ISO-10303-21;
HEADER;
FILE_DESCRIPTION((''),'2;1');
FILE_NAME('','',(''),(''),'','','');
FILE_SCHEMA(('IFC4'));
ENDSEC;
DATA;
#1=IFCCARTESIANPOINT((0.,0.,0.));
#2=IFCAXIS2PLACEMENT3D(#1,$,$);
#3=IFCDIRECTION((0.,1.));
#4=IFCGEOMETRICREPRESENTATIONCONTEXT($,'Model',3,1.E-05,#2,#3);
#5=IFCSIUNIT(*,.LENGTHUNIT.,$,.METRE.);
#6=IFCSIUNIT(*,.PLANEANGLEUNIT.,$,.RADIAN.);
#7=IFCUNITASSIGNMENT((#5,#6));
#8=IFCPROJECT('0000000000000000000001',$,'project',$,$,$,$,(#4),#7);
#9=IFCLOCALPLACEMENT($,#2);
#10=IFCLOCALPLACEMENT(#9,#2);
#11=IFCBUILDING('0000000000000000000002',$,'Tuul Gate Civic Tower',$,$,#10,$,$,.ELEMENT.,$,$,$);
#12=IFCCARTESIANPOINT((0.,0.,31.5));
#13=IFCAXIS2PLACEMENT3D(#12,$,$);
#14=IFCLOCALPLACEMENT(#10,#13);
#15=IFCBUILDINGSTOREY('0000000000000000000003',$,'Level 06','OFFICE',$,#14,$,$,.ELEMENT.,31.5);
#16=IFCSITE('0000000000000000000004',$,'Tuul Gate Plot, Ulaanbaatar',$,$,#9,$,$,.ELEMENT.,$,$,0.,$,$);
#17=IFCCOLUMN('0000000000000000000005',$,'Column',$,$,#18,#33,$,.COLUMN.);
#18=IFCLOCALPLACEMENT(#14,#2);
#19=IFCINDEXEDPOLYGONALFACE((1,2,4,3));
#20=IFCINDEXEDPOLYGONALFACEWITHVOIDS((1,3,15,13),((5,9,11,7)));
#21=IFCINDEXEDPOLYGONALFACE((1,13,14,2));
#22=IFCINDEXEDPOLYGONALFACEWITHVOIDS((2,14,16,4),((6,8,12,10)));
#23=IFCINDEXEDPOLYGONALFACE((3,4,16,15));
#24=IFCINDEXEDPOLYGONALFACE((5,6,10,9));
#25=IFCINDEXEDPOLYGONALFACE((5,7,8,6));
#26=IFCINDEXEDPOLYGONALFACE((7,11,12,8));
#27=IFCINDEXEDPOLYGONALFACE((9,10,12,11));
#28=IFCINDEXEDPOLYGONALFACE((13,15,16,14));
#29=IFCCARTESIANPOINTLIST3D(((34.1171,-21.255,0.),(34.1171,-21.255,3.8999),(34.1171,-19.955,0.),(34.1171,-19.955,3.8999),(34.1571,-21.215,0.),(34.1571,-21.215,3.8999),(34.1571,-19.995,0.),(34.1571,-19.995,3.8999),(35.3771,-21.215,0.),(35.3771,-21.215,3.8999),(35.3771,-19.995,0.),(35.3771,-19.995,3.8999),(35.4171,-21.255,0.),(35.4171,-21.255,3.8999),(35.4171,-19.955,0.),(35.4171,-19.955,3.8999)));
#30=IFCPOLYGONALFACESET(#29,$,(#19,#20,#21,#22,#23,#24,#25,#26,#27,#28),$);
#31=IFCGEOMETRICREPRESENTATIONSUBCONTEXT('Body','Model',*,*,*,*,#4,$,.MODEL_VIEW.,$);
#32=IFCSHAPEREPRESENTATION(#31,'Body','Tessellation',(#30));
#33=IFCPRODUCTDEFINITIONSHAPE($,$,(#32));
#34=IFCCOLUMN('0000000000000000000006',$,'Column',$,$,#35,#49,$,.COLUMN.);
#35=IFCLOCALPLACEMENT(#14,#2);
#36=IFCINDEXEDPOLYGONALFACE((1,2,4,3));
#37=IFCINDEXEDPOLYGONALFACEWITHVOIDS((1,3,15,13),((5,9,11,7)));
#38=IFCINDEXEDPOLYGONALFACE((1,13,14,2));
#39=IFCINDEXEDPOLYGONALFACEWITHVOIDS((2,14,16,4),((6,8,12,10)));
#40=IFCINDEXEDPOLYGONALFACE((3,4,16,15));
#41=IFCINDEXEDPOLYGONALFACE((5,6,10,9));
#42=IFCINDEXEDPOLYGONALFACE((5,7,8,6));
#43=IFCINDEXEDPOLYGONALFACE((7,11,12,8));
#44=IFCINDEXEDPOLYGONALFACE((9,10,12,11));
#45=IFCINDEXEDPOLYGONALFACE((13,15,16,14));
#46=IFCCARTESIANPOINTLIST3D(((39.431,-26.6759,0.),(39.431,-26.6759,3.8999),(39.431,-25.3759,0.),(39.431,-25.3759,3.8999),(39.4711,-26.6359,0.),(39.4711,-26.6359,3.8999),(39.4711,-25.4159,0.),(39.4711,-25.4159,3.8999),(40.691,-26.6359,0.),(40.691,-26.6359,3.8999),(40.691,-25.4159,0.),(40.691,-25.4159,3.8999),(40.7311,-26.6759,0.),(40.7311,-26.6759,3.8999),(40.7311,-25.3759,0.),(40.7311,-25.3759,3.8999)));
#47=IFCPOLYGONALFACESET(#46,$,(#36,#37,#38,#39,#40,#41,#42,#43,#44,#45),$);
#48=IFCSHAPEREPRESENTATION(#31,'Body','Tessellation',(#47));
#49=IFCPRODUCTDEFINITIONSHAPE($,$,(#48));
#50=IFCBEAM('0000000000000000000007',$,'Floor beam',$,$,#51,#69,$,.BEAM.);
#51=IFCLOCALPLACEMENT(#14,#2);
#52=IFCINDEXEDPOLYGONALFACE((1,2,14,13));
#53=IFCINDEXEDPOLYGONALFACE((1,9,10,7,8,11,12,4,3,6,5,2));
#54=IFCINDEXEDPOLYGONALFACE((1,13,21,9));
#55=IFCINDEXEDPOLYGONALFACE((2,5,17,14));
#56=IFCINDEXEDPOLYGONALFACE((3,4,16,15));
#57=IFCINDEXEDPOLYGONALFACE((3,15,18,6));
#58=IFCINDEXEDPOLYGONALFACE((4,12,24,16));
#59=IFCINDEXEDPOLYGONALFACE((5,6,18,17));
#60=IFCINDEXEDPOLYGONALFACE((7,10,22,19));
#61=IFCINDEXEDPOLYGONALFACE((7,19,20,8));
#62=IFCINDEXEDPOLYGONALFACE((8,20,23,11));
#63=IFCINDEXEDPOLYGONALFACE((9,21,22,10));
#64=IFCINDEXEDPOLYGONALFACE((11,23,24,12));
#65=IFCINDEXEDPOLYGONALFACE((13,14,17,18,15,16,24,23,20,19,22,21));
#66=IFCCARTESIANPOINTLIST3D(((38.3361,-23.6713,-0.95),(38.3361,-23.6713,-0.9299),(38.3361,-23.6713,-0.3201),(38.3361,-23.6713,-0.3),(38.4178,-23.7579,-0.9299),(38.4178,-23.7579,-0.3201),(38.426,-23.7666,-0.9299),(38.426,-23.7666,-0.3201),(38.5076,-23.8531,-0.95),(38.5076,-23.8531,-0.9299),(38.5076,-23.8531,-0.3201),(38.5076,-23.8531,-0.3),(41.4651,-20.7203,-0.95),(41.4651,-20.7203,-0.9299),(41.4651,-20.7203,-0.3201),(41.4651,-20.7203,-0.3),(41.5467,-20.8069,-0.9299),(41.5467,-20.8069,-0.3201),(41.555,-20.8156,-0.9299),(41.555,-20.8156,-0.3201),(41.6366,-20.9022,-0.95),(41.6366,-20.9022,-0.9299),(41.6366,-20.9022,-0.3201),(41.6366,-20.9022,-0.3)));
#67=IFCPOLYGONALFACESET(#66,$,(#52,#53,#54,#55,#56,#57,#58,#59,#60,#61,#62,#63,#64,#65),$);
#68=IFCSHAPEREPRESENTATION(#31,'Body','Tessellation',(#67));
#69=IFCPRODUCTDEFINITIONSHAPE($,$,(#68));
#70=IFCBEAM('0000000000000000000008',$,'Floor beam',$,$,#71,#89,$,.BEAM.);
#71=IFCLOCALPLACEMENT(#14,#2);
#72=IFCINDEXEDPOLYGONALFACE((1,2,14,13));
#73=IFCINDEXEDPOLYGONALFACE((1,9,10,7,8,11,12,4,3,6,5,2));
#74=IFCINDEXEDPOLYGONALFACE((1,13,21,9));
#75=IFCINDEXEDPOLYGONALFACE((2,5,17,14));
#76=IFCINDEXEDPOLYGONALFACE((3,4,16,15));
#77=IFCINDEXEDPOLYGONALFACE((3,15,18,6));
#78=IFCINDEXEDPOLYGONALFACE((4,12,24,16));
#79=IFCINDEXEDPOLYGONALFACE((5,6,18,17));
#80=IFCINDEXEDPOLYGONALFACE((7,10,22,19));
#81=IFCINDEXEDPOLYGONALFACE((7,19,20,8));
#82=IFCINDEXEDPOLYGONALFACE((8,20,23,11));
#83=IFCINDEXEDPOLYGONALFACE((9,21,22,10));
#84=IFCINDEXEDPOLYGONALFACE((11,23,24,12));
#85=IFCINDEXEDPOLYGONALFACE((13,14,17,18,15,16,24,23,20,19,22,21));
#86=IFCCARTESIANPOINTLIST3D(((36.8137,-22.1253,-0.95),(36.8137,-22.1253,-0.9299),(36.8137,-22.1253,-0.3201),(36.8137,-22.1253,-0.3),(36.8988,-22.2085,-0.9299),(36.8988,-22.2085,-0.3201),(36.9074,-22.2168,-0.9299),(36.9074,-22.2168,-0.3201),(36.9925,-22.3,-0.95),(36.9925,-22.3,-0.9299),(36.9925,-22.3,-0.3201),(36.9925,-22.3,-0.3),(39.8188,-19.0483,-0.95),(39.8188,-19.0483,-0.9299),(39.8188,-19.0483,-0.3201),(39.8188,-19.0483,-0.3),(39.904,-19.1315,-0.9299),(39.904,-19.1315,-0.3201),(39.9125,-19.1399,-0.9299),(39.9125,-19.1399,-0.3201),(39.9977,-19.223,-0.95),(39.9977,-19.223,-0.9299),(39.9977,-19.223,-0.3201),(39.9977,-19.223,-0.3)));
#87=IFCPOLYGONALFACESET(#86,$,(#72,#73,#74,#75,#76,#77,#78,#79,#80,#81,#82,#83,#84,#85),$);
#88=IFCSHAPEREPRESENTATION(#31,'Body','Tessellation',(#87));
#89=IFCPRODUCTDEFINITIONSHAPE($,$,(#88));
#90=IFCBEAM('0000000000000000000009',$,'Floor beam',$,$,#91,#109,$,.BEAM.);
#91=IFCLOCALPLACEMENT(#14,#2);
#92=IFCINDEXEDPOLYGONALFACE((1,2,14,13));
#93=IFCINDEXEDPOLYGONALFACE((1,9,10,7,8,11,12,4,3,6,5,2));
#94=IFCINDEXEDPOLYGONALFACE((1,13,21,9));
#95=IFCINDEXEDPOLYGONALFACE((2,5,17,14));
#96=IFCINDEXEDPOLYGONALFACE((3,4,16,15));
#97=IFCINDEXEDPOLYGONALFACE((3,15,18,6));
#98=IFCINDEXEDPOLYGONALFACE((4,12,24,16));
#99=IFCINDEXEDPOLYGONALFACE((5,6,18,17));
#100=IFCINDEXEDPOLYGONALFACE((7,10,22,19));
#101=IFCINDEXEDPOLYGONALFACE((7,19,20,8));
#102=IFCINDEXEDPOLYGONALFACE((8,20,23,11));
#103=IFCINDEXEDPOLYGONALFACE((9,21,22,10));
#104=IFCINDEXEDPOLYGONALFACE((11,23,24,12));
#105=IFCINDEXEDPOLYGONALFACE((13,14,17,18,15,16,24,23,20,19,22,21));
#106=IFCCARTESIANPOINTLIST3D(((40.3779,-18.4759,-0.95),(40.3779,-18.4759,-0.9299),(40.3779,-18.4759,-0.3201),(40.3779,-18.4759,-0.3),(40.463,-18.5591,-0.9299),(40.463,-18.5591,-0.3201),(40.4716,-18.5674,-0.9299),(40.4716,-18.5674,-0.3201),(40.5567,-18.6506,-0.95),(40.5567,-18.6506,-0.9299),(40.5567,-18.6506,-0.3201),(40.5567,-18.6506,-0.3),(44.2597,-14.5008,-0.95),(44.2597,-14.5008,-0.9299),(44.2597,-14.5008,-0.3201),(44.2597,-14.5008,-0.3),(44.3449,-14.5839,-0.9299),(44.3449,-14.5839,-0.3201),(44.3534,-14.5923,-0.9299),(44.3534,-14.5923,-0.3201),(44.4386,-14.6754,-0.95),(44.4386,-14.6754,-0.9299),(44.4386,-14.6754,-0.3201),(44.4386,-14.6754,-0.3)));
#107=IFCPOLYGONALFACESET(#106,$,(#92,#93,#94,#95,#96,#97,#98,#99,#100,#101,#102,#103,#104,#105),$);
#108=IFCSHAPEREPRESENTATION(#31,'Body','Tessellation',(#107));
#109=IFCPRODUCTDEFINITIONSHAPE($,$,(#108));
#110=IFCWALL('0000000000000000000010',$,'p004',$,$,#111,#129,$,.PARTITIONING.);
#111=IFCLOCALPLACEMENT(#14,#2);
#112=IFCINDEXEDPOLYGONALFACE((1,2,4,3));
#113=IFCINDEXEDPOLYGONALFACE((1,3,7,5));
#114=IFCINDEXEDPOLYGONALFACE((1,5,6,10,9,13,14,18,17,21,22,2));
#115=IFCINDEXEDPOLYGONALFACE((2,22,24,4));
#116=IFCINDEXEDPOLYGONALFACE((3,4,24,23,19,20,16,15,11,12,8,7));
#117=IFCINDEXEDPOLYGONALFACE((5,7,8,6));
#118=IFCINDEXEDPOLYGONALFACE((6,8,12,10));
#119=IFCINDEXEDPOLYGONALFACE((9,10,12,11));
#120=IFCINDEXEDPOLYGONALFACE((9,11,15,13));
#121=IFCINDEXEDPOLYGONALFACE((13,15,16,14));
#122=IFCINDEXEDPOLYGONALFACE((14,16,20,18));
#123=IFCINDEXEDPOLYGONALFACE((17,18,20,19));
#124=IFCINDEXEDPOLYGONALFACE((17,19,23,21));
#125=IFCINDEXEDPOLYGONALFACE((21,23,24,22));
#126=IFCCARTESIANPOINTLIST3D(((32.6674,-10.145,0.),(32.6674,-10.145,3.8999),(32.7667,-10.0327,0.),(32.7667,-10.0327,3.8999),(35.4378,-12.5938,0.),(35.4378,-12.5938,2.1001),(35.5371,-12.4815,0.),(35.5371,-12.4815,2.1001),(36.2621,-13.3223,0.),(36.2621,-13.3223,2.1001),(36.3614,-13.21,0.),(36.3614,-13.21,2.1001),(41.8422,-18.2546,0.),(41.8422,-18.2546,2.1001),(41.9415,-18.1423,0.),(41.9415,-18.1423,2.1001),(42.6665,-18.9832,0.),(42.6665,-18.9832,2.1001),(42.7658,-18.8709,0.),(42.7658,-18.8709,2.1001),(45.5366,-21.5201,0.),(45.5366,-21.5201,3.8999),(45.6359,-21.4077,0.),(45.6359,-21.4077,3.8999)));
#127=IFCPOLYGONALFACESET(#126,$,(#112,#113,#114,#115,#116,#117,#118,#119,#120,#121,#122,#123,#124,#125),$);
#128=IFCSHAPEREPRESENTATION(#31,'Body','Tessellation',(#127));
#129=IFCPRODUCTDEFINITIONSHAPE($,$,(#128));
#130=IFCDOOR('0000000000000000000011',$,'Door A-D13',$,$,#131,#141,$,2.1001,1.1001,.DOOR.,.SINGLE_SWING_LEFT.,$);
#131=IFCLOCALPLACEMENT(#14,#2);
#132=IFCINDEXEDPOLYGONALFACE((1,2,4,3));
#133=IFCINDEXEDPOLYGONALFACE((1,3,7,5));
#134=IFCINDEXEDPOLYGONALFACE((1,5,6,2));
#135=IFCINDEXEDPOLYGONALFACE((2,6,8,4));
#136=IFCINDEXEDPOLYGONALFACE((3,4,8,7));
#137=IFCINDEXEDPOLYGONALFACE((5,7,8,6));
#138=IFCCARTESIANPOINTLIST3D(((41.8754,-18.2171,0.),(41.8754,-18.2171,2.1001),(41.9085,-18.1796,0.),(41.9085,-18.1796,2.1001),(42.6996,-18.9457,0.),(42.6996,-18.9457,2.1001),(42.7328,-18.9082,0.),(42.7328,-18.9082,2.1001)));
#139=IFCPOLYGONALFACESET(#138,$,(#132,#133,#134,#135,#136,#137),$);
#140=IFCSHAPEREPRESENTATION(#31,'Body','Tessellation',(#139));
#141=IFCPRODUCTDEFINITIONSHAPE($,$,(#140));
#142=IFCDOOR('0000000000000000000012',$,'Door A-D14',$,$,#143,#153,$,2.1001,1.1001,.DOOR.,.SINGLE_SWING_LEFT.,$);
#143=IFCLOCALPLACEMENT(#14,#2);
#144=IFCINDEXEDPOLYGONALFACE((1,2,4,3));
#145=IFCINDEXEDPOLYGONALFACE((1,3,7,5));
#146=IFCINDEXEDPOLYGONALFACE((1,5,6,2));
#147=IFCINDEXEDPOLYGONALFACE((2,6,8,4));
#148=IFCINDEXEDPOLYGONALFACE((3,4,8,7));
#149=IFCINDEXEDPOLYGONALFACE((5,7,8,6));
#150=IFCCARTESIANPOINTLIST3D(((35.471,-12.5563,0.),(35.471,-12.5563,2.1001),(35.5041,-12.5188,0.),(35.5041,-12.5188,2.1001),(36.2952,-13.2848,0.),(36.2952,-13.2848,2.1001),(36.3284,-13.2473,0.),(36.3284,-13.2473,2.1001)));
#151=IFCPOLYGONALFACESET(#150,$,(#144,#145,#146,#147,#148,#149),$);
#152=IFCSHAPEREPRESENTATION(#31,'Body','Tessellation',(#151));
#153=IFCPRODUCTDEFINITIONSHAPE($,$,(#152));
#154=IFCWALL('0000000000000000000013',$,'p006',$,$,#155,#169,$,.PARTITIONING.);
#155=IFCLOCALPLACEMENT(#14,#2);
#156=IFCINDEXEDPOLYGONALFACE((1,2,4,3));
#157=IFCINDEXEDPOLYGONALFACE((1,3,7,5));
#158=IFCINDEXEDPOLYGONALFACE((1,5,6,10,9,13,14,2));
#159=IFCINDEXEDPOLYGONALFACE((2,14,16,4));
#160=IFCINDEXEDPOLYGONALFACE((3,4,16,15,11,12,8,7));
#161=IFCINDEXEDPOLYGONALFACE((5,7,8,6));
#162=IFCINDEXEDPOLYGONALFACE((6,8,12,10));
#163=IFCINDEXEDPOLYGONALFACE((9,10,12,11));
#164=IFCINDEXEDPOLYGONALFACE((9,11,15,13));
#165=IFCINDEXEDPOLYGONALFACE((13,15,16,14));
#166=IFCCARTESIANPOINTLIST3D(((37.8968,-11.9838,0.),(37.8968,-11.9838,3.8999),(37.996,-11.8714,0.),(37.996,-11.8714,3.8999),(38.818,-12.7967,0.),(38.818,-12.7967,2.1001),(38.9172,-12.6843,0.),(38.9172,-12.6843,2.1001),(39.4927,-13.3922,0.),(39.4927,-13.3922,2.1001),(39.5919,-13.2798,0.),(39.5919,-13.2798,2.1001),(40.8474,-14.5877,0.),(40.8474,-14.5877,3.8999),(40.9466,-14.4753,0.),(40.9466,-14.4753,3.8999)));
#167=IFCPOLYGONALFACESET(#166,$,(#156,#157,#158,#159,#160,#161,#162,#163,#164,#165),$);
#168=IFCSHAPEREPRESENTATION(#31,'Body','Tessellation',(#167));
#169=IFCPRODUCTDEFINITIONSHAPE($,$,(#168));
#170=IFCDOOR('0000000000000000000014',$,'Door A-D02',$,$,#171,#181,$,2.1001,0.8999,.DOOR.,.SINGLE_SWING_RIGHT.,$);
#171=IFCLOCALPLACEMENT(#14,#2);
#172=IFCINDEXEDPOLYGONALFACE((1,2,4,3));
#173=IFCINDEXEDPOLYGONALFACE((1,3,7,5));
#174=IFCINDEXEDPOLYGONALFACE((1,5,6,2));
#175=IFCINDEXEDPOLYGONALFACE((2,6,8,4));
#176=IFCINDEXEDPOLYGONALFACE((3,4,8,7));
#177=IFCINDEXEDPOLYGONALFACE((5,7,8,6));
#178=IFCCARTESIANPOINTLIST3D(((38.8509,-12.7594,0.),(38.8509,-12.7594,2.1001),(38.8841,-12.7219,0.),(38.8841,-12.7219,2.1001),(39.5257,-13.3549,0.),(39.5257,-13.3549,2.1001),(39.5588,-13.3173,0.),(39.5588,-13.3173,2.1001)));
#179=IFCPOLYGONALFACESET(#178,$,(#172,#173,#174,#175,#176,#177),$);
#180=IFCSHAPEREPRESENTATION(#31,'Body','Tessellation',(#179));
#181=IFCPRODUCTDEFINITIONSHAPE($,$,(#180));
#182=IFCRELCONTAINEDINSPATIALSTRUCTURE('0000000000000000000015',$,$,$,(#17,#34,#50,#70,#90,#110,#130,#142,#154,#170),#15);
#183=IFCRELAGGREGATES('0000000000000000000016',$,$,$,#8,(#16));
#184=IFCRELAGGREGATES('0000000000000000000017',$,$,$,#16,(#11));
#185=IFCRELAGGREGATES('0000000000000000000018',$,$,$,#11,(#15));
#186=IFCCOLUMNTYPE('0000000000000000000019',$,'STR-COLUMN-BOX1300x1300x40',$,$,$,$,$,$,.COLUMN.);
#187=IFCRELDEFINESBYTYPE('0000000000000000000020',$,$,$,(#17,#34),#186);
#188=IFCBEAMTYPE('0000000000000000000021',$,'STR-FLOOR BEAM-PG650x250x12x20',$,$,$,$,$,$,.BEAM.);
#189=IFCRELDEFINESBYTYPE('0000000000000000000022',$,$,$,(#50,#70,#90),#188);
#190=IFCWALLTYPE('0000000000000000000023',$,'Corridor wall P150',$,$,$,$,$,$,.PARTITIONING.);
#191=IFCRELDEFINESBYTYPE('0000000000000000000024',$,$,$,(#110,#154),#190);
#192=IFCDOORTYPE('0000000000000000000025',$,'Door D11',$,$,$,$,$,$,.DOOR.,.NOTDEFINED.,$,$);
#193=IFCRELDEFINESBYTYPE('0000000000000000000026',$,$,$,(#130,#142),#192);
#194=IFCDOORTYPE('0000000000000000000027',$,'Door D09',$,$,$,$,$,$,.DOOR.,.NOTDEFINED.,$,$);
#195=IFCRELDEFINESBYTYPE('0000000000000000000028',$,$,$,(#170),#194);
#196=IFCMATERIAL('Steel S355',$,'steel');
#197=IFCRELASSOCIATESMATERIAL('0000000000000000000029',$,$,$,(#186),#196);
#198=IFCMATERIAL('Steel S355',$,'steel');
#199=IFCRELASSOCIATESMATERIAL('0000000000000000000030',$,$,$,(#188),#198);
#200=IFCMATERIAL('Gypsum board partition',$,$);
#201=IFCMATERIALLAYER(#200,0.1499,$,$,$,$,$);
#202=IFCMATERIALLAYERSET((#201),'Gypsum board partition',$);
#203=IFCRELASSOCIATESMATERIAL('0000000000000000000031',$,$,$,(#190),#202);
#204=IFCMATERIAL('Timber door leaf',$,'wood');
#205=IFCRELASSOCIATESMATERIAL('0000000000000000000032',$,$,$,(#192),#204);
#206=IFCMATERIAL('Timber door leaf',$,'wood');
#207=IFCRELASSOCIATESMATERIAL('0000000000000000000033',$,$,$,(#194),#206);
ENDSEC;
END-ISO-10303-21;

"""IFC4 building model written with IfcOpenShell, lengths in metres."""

from ifc_helpers import new_model, si_unit, direction, frame, frame_2d, origin, origin_2d, place, context, subcontext, project, spatial, rectangle, hollow_rectangle, i_section, extrude, material, layer, layer_set, material_profile, profile_set, type_object, element, fill, save


model = new_model("IFC4")

# Units and contexts
model_context = context("Model", 3, precision=1e-05, world=origin(), true_north=direction((0.0, 1.0)))
body_context = subcontext(model_context, "Body", "Model", "MODEL_VIEW")
ifc_project = project(units=[si_unit("LENGTHUNIT", "METRE"), si_unit("PLANEANGLEUNIT", "RADIAN")], contexts=[model_context])

# Site, building, storey
site_placement = place(None, origin())
site = spatial("IfcSite", under=ifc_project, at=site_placement, Name="Tuul Gate Plot, Ulaanbaatar", CompositionType="ELEMENT", RefElevation=0.0)
building_placement = place(site_placement, origin())
building = spatial("IfcBuilding", under=site, at=building_placement, Name="Tuul Gate Civic Tower", CompositionType="ELEMENT")
storey_placement = place(building_placement, frame((0.0, 0.0, 31.5)))
storey = spatial("IfcBuildingStorey", under=building, at=storey_placement, Name="Level 06", Description="OFFICE", CompositionType="ELEMENT", Elevation=31.5)

# Columns
ifc_material_1 = material(Name="Steel S355", Category="steel")
ifc_material_profile_1 = material_profile(ifc_material_1, hollow_rectangle(XDim=1.3, YDim=1.3, WallThickness=0.04, at=origin_2d()), Name="BOX1300x1300x40")
ifc_profile_set_1 = profile_set([ifc_material_profile_1], Name="Steel S355")
column_type = type_object("IfcColumnType", Name="STR-COLUMN-BOX1300x1300x40", PredefinedType="COLUMN", material=ifc_profile_set_1)
for number, where, z_axis, x_axis, name in (
    (1, (34.7671, -20.605, 0.0), (0.0, 0.0, 1.0), (1.0, 0.0, 0.0), "Column"),
    (2, (40.0811, -26.0259, 0.0), (0.0, 0.0, 1.0), (1.0, 0.0, 0.0), "Column"),
):
    element("IfcColumn", number, at=place(storey_placement, frame(where, z_axis=z_axis, x_axis=x_axis)), inside=storey, type_object=column_type, Name=name, PredefinedType="COLUMN", context=body_context, shape_type="SweptSolid", body=[
        extrude(hollow_rectangle(XDim=1.3, YDim=1.3, WallThickness=0.04, at=origin_2d()), origin(), (0.0, 0.0, 1.0), 3.8999),
    ])

# Beams
ifc_material_2 = material(Name="Steel S355", Category="steel")
ifc_material_profile_2 = material_profile(ifc_material_2, i_section(OverallWidth=0.25, OverallDepth=0.6499, WebThickness=0.012, FlangeThickness=0.02, at=origin_2d()), Name="PG650x250x12x20")
ifc_profile_set_2 = profile_set([ifc_material_profile_2], Name="Steel S355")
beam_type = type_object("IfcBeamType", Name="STR-FLOOR BEAM-PG650x250x12x20", PredefinedType="BEAM", material=ifc_profile_set_2)
for number, where, z_axis, x_axis, name in (
    (3, (38.4219, -23.7622, -0.625), (0.727495, 0.686113, 0.0), (-0.686113, 0.727495, 0.0), "Floor beam"),
    (4, (36.9031, -22.2126, -0.625), (0.698713, 0.715402, 0.0), (-0.715402, 0.698713, 0.0), "Floor beam"),
):
    element("IfcBeam", number, at=place(storey_placement, frame(where, z_axis=z_axis, x_axis=x_axis)), inside=storey, type_object=beam_type, Name=name, PredefinedType="BEAM", context=body_context, shape_type="SweptSolid", body=[
        extrude(i_section(OverallWidth=0.25, OverallDepth=0.6499, WebThickness=0.012, FlangeThickness=0.02, at=origin_2d()), origin(), (0.0, 0.0, 1.0), 4.301),
    ])
beam_placement = place(storey_placement, frame((40.4673, -18.5632, -0.625), z_axis=(0.698664, 0.71545, 0.0), x_axis=(-0.71545, 0.698664, 0.0)))
element("IfcBeam", 5, at=beam_placement, inside=storey, type_object=beam_type, Name="Floor beam", PredefinedType="BEAM", context=body_context, shape_type="SweptSolid", body=[
    extrude(i_section(OverallWidth=0.25, OverallDepth=0.6499, WebThickness=0.012, FlangeThickness=0.02, at=origin_2d()), origin(), (0.0, 0.0, 1.0), 5.5562),
])

# Wall, openings, doors
ifc_material_3 = material(Name="Gypsum board partition")
ifc_layer_1 = layer(ifc_material_3, 0.1499)
ifc_layer_set_1 = layer_set([ifc_layer_1], Name="Gypsum board partition")
wall_type_1 = type_object("IfcWallType", Name="Corridor wall P150", PredefinedType="PARTITIONING", material=ifc_layer_set_1)
wall_1_placement = place(storey_placement, frame((32.717, -10.0889, 0.0), z_axis=(0.0, 0.0, 1.0), x_axis=(0.749263, -0.662272, 0.0)))
wall_1 = element("IfcWall", 6, at=wall_1_placement, inside=storey, type_object=wall_type_1, Name="p004", PredefinedType="PARTITIONING", context=body_context, shape_type="SweptSolid", body=[
    extrude(rectangle(XDim=17.1758, YDim=0.1499, at=frame_2d((8.5879, 0.0))), origin(), (0.0, 0.0, 1.0), 3.8999),
])
opening_1_placement = place(wall_1_placement, frame((12.2451, 0.0, 0.0)))
opening_1 = element("IfcOpeningElement", 7, at=opening_1_placement, cuts=wall_1, PredefinedType="OPENING", context=body_context, shape_type="SweptSolid", body=[
    extrude(rectangle(XDim=1.1001, YDim=2.1001, at=frame_2d((0.55, 1.05))), frame((0.0, 0.085, 0.0), z_axis=(0.0, -1.0, 0.0), x_axis=(1.0, 0.0, 0.0)), (0.0, 0.0, 1.0), 0.1699),
])
opening_2_placement = place(wall_1_placement, frame((3.6975, 0.0, 0.0)))
opening_2 = element("IfcOpeningElement", 8, at=opening_2_placement, cuts=wall_1, PredefinedType="OPENING", context=body_context, shape_type="SweptSolid", body=[
    extrude(rectangle(XDim=1.1001, YDim=2.1001, at=frame_2d((0.55, 1.05))), frame((0.0, 0.085, 0.0), z_axis=(0.0, -1.0, 0.0), x_axis=(1.0, 0.0, 0.0)), (0.0, 0.0, 1.0), 0.1699),
])
ifc_material_4 = material(Name="Timber door leaf", Category="wood")
door_type_1 = type_object("IfcDoorType", Name="Door D11", OperationType="NOTDEFINED", PredefinedType="DOOR", material=ifc_material_4)
door_1_placement = place(opening_1_placement, frame((1.1001, 0.0, 0.0), z_axis=(0.0, 0.0, 1.0), x_axis=(-1.0, 0.0, 0.0)))
door_1 = element("IfcDoor", 9, at=door_1_placement, inside=storey, type_object=door_type_1, Name="Door A-D13", OperationType="SINGLE_SWING_LEFT", OverallHeight=2.1001, OverallWidth=1.1001, PredefinedType="DOOR", context=body_context, shape_type="SweptSolid", body=[
    extrude(rectangle(XDim=1.1001, YDim=2.1001, at=frame_2d((0.55, 1.05))), frame((0.0, 0.0249, 0.0), z_axis=(0.0, -1.0, 0.0), x_axis=(1.0, 0.0, 0.0)), (0.0, 0.0, 1.0), 0.05),
])
fill(opening_1, door_1)
door_2_placement = place(opening_2_placement, frame((1.1001, 0.0, 0.0), z_axis=(0.0, 0.0, 1.0), x_axis=(-1.0, 0.0, 0.0)))
door_2 = element("IfcDoor", 10, at=door_2_placement, inside=storey, type_object=door_type_1, Name="Door A-D14", OperationType="SINGLE_SWING_LEFT", OverallHeight=2.1001, OverallWidth=1.1001, PredefinedType="DOOR", context=body_context, shape_type="SweptSolid", body=[
    extrude(rectangle(XDim=1.1001, YDim=2.1001, at=frame_2d((0.55, 1.05))), frame((0.0, 0.0249, 0.0), z_axis=(0.0, -1.0, 0.0), x_axis=(1.0, 0.0, 0.0)), (0.0, 0.0, 1.0), 0.05),
])
fill(opening_2, door_2)

# Wall, opening, door
wall_2_placement = place(storey_placement, frame((37.9463, -11.9275, 0.0), z_axis=(0.0, 0.0, 1.0), x_axis=(0.74978, -0.661687, 0.0)))
wall_2 = element("IfcWall", 11, at=wall_2_placement, inside=storey, type_object=wall_type_1, Name="p006", PredefinedType="PARTITIONING", context=body_context, shape_type="SweptSolid", body=[
    extrude(rectangle(XDim=3.9353, YDim=0.1499, at=frame_2d((1.9678, 0.0))), origin(), (0.0, 0.0, 1.0), 3.8999),
])
opening_3_placement = place(wall_2_placement, frame((1.2288, 0.0, 0.0)))
opening_3 = element("IfcOpeningElement", 12, at=opening_3_placement, cuts=wall_2, PredefinedType="OPENING", context=body_context, shape_type="SweptSolid", body=[
    extrude(rectangle(XDim=0.8999, YDim=2.1001, at=frame_2d((0.45, 1.05))), frame((0.0, 0.085, 0.0), z_axis=(0.0, -1.0, 0.0), x_axis=(1.0, 0.0, 0.0)), (0.0, 0.0, 1.0), 0.1699),
])
ifc_material_5 = material(Name="Timber door leaf", Category="wood")
door_type_2 = type_object("IfcDoorType", Name="Door D09", OperationType="NOTDEFINED", PredefinedType="DOOR", material=ifc_material_5)
door_3_placement = place(opening_3_placement, origin())
door_3 = element("IfcDoor", 13, at=door_3_placement, inside=storey, type_object=door_type_2, Name="Door A-D02", OperationType="SINGLE_SWING_RIGHT", OverallHeight=2.1001, OverallWidth=0.8999, PredefinedType="DOOR", context=body_context, shape_type="SweptSolid", body=[
    extrude(rectangle(XDim=0.8999, YDim=2.1001, at=frame_2d((0.45, 1.05))), frame((0.0, 0.0249, 0.0), z_axis=(0.0, -1.0, 0.0), x_axis=(1.0, 0.0, 0.0)), (0.0, 0.0, 1.0), 0.05),
])
fill(opening_3, door_3)

save(model, "model.ifc")
